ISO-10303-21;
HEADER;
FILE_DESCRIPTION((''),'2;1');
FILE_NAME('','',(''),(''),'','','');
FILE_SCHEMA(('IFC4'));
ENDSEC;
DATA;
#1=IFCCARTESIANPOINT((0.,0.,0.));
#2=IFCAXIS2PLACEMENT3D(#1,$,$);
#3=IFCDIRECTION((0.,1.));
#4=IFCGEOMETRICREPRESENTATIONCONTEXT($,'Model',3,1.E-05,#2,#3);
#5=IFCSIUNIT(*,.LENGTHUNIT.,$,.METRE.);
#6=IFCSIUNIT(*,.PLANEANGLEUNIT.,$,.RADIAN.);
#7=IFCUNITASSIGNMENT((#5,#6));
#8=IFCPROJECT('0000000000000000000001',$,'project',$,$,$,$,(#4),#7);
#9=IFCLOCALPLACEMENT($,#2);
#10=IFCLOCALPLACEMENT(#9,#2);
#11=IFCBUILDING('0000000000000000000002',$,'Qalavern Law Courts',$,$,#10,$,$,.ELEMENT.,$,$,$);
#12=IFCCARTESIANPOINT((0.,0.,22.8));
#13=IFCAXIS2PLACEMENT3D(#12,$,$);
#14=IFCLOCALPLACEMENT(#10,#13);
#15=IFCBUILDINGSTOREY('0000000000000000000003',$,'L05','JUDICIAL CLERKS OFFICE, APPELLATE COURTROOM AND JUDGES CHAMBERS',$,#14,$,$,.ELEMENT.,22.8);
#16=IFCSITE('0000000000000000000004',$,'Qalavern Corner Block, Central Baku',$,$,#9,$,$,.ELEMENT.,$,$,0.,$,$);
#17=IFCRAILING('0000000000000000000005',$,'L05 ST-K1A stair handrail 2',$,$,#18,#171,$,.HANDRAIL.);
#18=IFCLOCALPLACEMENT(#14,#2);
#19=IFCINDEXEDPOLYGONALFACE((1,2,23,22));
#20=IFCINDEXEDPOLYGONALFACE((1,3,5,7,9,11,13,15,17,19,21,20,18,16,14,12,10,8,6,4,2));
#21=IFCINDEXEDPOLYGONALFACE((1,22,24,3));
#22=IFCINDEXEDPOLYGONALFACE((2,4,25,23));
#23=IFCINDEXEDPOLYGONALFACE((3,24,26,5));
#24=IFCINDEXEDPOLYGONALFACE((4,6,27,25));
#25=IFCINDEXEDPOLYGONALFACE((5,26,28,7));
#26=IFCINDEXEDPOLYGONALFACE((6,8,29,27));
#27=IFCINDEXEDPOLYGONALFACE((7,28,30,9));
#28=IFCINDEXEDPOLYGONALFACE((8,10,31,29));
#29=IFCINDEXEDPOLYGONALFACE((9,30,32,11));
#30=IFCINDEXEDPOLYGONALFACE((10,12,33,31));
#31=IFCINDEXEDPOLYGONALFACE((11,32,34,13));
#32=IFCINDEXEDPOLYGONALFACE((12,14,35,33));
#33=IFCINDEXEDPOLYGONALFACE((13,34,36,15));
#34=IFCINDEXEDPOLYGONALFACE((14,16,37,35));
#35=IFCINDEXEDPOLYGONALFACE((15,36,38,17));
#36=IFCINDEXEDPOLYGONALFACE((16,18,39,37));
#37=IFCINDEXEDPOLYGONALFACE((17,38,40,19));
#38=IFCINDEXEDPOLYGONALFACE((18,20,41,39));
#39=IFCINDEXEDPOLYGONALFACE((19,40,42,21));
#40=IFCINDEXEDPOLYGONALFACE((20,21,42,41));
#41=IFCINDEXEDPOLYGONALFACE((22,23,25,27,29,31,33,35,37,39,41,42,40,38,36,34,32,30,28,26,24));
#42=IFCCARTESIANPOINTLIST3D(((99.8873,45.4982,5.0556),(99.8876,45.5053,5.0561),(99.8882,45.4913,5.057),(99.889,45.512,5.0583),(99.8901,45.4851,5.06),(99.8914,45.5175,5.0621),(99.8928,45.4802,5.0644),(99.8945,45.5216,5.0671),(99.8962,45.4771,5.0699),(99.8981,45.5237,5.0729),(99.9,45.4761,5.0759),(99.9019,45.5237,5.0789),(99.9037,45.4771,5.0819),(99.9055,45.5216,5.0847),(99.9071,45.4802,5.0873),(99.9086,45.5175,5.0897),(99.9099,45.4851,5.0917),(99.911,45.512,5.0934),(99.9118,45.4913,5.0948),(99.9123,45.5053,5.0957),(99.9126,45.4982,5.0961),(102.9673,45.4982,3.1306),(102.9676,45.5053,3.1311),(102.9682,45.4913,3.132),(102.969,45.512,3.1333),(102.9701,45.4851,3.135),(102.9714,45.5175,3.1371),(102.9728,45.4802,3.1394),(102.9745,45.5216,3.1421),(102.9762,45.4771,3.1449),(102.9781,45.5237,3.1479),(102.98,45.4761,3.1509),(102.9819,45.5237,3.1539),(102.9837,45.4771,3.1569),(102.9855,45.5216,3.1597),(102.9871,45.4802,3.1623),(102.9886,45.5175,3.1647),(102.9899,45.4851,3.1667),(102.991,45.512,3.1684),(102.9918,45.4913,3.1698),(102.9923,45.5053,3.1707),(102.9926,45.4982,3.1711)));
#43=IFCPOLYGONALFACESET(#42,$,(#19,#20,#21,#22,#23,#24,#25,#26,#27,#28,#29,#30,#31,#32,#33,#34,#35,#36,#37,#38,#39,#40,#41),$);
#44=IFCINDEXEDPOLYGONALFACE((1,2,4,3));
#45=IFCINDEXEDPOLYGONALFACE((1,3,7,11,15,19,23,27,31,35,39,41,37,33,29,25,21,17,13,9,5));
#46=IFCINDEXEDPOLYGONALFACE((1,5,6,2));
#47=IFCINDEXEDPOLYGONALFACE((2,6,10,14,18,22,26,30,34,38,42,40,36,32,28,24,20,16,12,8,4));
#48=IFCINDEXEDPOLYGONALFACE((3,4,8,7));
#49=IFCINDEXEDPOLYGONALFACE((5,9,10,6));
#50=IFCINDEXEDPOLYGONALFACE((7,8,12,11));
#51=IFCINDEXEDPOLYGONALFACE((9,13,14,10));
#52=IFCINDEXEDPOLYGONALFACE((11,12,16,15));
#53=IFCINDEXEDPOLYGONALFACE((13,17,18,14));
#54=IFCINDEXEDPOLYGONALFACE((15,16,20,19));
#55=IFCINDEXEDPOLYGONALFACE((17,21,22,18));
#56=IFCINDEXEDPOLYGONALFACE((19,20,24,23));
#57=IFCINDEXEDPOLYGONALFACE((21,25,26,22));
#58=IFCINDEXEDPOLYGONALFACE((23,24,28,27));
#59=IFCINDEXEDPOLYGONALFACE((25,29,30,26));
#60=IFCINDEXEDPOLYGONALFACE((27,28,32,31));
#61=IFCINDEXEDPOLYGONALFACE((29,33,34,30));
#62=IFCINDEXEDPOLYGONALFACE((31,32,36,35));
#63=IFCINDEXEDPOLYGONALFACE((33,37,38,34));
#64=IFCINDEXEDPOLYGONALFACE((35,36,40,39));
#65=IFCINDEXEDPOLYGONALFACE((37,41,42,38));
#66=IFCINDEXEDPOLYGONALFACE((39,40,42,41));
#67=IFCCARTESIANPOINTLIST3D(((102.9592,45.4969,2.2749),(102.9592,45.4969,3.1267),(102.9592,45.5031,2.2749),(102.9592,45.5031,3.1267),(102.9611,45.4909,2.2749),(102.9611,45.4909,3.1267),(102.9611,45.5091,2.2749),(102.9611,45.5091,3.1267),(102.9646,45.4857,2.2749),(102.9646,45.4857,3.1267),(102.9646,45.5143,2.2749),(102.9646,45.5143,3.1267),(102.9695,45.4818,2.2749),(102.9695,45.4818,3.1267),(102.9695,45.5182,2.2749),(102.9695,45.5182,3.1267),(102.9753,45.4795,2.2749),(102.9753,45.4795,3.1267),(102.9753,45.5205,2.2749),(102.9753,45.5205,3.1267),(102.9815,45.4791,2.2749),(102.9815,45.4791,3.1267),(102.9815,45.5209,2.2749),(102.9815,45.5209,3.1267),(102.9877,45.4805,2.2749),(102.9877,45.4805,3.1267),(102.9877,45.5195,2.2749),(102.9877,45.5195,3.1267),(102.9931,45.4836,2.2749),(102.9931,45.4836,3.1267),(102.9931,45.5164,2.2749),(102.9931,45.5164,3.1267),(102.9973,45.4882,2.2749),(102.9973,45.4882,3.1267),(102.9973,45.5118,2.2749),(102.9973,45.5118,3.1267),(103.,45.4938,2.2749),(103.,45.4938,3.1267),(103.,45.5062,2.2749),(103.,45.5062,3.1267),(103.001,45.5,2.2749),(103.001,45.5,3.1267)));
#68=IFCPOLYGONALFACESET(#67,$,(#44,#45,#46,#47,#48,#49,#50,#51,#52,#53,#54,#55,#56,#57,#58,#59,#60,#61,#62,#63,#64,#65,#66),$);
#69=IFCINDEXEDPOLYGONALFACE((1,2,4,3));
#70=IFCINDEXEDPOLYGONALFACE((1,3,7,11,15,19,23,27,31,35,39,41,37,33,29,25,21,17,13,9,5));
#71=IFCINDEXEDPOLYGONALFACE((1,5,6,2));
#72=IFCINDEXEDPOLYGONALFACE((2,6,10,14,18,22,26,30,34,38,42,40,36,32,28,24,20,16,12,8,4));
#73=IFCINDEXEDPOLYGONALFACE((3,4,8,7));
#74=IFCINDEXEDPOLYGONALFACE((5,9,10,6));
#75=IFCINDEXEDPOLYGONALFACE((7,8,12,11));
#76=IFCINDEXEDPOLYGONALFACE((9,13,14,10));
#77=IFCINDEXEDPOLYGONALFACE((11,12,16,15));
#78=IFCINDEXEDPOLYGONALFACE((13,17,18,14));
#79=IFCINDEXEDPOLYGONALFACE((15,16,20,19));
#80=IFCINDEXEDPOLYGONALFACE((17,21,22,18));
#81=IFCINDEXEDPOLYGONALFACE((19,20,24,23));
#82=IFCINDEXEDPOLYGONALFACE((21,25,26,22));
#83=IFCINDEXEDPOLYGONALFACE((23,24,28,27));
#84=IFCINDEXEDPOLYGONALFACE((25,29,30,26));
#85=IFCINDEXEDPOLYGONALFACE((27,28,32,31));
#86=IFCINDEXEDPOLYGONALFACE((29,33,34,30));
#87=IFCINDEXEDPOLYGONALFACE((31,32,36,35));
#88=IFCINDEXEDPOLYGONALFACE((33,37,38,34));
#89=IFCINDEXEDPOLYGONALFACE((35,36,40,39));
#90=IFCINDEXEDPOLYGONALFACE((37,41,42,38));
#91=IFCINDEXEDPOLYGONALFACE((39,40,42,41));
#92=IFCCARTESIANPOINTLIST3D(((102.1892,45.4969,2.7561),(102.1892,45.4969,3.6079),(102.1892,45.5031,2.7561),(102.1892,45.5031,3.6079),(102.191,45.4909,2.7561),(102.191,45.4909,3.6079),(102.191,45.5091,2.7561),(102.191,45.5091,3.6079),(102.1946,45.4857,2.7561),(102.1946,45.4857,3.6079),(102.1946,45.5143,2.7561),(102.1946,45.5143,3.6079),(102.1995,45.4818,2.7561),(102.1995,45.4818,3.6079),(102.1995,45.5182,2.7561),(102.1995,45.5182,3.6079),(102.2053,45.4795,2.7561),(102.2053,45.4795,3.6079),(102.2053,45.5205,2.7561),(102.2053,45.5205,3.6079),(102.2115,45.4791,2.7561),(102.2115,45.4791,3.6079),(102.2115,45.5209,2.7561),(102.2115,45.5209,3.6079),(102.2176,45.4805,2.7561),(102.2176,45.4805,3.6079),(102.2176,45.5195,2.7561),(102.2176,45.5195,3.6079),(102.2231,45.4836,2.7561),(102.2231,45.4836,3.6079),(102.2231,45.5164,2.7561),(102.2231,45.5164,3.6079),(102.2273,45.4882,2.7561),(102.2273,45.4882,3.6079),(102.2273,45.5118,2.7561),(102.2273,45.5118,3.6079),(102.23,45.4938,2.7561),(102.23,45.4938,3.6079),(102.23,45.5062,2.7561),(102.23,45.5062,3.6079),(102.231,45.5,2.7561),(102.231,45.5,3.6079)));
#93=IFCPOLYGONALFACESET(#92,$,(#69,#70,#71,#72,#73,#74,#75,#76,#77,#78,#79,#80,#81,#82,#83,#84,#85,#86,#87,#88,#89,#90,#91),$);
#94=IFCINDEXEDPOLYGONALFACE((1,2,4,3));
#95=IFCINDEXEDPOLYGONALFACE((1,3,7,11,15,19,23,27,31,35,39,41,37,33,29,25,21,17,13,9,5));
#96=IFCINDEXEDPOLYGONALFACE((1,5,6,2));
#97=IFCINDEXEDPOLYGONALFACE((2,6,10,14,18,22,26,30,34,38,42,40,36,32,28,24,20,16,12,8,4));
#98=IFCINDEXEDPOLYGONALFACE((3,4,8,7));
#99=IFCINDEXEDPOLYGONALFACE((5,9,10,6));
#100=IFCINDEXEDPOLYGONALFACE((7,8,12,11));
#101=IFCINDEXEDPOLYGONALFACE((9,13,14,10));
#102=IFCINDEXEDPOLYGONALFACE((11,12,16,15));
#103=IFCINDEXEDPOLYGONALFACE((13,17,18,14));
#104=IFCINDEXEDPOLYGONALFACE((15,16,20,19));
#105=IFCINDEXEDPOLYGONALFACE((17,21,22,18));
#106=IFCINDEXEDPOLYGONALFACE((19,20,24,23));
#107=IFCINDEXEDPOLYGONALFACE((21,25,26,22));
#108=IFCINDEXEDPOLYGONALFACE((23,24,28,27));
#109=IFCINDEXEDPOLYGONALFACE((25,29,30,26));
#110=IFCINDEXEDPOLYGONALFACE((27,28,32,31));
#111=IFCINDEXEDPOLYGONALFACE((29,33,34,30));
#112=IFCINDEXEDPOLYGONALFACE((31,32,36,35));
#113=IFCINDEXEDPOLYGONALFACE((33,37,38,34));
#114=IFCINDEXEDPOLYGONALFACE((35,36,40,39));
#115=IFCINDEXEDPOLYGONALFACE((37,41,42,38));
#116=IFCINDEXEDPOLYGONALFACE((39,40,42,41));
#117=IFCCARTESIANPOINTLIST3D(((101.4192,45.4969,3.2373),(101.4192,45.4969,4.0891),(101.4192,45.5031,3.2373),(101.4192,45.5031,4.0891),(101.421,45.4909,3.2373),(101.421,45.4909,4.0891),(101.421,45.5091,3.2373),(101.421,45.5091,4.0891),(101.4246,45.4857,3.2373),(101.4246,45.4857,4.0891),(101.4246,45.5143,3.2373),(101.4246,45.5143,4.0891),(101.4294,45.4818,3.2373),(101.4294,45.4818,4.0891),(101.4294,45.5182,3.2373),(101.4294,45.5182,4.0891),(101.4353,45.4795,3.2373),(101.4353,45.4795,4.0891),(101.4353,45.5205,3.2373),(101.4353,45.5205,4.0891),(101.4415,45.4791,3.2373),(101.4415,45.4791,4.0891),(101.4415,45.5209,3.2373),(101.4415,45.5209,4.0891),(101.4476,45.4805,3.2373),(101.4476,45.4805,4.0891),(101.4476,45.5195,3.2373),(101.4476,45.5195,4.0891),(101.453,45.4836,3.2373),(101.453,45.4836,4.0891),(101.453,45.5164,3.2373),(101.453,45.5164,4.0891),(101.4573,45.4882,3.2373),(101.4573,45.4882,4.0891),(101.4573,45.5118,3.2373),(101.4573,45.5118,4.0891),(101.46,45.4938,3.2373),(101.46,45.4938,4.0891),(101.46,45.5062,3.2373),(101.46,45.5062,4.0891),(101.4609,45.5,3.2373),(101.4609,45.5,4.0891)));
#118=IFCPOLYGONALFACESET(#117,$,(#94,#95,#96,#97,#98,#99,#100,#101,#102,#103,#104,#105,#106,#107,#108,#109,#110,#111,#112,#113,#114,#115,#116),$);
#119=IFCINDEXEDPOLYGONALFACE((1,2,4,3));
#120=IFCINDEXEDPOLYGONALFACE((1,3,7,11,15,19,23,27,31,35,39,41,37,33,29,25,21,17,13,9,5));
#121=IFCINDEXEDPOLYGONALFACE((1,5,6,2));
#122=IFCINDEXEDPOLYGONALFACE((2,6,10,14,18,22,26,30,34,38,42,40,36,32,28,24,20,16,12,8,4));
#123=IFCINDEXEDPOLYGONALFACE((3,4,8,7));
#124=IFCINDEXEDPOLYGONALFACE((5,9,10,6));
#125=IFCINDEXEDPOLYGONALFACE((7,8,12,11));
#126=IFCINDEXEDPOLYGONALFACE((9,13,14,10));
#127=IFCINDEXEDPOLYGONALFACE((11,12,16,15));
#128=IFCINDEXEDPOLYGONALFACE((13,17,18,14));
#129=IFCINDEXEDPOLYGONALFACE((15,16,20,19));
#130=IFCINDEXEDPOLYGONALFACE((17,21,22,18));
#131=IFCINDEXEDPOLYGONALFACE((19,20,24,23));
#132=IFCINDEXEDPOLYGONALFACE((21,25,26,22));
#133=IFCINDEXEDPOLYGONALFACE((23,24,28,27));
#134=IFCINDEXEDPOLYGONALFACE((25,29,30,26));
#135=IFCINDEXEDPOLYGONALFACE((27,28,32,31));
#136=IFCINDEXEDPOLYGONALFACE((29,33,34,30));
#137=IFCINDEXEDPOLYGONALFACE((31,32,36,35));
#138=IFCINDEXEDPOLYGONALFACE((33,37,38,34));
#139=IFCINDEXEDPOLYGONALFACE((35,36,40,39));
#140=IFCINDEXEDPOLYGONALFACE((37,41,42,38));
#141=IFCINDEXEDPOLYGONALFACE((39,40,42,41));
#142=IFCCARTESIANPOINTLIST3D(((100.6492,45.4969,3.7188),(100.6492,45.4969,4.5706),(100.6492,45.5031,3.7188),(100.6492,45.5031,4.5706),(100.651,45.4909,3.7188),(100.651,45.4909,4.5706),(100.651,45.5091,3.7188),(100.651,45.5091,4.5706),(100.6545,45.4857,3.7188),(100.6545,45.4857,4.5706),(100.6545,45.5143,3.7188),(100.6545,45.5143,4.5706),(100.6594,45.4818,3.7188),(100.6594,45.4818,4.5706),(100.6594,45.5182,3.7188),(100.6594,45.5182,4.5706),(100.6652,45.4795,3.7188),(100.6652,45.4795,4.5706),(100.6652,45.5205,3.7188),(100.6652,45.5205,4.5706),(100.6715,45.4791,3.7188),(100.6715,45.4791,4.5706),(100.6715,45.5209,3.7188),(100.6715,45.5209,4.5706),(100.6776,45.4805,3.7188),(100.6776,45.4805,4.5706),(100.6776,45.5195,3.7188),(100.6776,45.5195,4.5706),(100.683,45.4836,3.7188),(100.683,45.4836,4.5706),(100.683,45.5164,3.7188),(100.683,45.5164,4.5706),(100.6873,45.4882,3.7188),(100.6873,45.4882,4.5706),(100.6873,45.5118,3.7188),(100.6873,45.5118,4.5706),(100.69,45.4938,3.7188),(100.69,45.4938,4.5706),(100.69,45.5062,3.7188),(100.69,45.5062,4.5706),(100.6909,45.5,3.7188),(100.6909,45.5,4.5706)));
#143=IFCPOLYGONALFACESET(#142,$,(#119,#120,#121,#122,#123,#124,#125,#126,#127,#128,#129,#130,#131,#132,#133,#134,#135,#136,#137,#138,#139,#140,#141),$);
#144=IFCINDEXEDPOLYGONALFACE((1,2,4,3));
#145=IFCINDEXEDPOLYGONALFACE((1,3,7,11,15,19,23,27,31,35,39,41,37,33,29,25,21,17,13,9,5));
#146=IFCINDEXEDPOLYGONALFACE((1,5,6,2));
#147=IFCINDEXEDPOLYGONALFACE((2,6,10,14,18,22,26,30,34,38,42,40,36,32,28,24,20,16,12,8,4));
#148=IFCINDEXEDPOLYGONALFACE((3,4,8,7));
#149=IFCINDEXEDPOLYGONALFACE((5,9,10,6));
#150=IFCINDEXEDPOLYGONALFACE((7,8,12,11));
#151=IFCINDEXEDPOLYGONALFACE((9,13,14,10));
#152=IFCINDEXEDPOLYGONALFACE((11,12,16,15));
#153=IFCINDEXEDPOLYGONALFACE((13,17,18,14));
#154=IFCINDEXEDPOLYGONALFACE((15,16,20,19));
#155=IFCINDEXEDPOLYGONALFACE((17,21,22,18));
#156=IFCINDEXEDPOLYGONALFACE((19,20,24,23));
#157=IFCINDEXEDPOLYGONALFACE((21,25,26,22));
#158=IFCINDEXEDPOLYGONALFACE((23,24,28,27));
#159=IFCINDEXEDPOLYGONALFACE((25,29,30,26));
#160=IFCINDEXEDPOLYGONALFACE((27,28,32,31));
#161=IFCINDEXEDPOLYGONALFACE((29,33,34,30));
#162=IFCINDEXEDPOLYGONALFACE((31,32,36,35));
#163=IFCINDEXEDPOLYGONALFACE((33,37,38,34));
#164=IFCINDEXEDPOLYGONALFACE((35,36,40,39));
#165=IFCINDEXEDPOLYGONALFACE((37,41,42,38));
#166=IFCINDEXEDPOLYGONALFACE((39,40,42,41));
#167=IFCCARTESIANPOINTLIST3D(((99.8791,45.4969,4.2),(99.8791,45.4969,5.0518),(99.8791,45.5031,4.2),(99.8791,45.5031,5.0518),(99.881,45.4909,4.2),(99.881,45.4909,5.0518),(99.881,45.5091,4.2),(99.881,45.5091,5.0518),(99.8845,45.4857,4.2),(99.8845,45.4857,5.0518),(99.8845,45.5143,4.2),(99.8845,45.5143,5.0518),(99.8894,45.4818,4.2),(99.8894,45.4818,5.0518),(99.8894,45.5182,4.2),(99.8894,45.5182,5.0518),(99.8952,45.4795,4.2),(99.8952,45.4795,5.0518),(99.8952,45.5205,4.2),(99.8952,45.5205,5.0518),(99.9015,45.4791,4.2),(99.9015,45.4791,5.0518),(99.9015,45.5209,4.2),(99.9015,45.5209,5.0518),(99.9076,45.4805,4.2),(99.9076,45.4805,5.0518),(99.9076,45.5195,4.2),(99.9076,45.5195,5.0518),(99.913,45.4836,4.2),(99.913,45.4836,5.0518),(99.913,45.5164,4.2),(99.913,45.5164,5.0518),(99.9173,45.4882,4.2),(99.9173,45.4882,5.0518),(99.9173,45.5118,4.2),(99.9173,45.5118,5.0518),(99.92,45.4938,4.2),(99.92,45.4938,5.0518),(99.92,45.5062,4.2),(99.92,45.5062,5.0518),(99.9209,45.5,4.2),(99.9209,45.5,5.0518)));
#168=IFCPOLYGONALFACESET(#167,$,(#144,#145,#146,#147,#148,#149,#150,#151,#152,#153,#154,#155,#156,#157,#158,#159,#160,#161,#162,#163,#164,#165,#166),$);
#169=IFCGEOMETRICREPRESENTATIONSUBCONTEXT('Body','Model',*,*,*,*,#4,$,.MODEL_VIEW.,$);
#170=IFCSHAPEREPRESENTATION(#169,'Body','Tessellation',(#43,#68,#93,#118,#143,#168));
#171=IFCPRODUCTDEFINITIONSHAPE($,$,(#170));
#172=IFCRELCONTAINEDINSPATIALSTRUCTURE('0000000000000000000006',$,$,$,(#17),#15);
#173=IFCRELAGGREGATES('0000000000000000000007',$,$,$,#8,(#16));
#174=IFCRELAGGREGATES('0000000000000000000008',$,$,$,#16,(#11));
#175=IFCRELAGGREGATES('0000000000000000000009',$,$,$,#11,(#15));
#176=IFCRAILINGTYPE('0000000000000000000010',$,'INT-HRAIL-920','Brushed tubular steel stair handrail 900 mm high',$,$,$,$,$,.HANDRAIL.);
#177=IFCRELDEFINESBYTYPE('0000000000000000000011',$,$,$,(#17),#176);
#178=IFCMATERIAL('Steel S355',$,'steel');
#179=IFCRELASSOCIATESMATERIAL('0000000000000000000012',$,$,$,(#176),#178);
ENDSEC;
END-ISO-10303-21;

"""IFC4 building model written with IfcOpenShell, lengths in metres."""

from ifc_helpers import new_model, si_unit, direction, frame, origin, origin_2d, place, context, subcontext, project, spatial, circle, extrude, material, type_object, element, save


model = new_model("IFC4")

# Units and contexts
model_context = context("Model", 3, precision=1e-05, world=origin(), true_north=direction((0.0, 1.0)))
body_context = subcontext(model_context, "Body", "Model", "MODEL_VIEW")
ifc_project = project(units=[si_unit("LENGTHUNIT", "METRE"), si_unit("PLANEANGLEUNIT", "RADIAN")], contexts=[model_context])

# Site, building, storey
site_placement = place(None, origin())
site = spatial("IfcSite", under=ifc_project, at=site_placement, Name="Qalavern Corner Block, Central Baku", CompositionType="ELEMENT", RefElevation=0.0)
building_placement = place(site_placement, origin())
building = spatial("IfcBuilding", under=site, at=building_placement, Name="Qalavern Law Courts", CompositionType="ELEMENT")
storey_placement = place(building_placement, frame((0.0, 0.0, 22.8)))
storey = spatial("IfcBuildingStorey", under=building, at=storey_placement, Name="L05", Description="JUDICIAL CLERKS OFFICE, APPELLATE COURTROOM AND JUDGES CHAMBERS", CompositionType="ELEMENT", Elevation=22.8)

# Railing
ifc_material_1 = material(Name="Steel S355", Category="steel")
railing_type_1 = type_object("IfcRailingType", Name="INT-HRAIL-920", Description="Brushed tubular steel stair handrail 900 mm high", PredefinedType="HANDRAIL", material=ifc_material_1)
railing_1_placement = place(storey_placement, frame((102.98, 45.5, 2.2749)))
element("IfcRailing", 1, at=railing_1_placement, inside=storey, type_object=railing_type_1, Name="L05 ST-K1A stair handrail 2", PredefinedType="HANDRAIL", context=body_context, shape_type="SweptSolid", body=[
    extrude(circle(Radius=0.0239, at=origin_2d()), frame((0.0, 0.0, 0.876), z_axis=(-0.847998, 0.0, 0.529999), x_axis=(0.0, -1.0, 0.0)), (0.0, 0.0, 1.0), 3.6321),
    extrude(circle(Radius=0.021, at=origin_2d()), origin(), (0.0, 0.0, 1.0), 0.8518),
    extrude(circle(Radius=0.021, at=origin_2d()), frame((-0.77, 0.0, 0.4812)), (0.0, 0.0, 1.0), 0.8518),
    extrude(circle(Radius=0.021, at=origin_2d()), frame((-1.54, 0.0, 0.9624)), (0.0, 0.0, 1.0), 0.8518),
    extrude(circle(Radius=0.021, at=origin_2d()), frame((-2.3101, 0.0, 1.4438)), (0.0, 0.0, 1.0), 0.8518),
    extrude(circle(Radius=0.021, at=origin_2d()), frame((-3.0801, 0.0, 1.925)), (0.0, 0.0, 1.0), 0.8518),
])

save(model, "model.ifc")
